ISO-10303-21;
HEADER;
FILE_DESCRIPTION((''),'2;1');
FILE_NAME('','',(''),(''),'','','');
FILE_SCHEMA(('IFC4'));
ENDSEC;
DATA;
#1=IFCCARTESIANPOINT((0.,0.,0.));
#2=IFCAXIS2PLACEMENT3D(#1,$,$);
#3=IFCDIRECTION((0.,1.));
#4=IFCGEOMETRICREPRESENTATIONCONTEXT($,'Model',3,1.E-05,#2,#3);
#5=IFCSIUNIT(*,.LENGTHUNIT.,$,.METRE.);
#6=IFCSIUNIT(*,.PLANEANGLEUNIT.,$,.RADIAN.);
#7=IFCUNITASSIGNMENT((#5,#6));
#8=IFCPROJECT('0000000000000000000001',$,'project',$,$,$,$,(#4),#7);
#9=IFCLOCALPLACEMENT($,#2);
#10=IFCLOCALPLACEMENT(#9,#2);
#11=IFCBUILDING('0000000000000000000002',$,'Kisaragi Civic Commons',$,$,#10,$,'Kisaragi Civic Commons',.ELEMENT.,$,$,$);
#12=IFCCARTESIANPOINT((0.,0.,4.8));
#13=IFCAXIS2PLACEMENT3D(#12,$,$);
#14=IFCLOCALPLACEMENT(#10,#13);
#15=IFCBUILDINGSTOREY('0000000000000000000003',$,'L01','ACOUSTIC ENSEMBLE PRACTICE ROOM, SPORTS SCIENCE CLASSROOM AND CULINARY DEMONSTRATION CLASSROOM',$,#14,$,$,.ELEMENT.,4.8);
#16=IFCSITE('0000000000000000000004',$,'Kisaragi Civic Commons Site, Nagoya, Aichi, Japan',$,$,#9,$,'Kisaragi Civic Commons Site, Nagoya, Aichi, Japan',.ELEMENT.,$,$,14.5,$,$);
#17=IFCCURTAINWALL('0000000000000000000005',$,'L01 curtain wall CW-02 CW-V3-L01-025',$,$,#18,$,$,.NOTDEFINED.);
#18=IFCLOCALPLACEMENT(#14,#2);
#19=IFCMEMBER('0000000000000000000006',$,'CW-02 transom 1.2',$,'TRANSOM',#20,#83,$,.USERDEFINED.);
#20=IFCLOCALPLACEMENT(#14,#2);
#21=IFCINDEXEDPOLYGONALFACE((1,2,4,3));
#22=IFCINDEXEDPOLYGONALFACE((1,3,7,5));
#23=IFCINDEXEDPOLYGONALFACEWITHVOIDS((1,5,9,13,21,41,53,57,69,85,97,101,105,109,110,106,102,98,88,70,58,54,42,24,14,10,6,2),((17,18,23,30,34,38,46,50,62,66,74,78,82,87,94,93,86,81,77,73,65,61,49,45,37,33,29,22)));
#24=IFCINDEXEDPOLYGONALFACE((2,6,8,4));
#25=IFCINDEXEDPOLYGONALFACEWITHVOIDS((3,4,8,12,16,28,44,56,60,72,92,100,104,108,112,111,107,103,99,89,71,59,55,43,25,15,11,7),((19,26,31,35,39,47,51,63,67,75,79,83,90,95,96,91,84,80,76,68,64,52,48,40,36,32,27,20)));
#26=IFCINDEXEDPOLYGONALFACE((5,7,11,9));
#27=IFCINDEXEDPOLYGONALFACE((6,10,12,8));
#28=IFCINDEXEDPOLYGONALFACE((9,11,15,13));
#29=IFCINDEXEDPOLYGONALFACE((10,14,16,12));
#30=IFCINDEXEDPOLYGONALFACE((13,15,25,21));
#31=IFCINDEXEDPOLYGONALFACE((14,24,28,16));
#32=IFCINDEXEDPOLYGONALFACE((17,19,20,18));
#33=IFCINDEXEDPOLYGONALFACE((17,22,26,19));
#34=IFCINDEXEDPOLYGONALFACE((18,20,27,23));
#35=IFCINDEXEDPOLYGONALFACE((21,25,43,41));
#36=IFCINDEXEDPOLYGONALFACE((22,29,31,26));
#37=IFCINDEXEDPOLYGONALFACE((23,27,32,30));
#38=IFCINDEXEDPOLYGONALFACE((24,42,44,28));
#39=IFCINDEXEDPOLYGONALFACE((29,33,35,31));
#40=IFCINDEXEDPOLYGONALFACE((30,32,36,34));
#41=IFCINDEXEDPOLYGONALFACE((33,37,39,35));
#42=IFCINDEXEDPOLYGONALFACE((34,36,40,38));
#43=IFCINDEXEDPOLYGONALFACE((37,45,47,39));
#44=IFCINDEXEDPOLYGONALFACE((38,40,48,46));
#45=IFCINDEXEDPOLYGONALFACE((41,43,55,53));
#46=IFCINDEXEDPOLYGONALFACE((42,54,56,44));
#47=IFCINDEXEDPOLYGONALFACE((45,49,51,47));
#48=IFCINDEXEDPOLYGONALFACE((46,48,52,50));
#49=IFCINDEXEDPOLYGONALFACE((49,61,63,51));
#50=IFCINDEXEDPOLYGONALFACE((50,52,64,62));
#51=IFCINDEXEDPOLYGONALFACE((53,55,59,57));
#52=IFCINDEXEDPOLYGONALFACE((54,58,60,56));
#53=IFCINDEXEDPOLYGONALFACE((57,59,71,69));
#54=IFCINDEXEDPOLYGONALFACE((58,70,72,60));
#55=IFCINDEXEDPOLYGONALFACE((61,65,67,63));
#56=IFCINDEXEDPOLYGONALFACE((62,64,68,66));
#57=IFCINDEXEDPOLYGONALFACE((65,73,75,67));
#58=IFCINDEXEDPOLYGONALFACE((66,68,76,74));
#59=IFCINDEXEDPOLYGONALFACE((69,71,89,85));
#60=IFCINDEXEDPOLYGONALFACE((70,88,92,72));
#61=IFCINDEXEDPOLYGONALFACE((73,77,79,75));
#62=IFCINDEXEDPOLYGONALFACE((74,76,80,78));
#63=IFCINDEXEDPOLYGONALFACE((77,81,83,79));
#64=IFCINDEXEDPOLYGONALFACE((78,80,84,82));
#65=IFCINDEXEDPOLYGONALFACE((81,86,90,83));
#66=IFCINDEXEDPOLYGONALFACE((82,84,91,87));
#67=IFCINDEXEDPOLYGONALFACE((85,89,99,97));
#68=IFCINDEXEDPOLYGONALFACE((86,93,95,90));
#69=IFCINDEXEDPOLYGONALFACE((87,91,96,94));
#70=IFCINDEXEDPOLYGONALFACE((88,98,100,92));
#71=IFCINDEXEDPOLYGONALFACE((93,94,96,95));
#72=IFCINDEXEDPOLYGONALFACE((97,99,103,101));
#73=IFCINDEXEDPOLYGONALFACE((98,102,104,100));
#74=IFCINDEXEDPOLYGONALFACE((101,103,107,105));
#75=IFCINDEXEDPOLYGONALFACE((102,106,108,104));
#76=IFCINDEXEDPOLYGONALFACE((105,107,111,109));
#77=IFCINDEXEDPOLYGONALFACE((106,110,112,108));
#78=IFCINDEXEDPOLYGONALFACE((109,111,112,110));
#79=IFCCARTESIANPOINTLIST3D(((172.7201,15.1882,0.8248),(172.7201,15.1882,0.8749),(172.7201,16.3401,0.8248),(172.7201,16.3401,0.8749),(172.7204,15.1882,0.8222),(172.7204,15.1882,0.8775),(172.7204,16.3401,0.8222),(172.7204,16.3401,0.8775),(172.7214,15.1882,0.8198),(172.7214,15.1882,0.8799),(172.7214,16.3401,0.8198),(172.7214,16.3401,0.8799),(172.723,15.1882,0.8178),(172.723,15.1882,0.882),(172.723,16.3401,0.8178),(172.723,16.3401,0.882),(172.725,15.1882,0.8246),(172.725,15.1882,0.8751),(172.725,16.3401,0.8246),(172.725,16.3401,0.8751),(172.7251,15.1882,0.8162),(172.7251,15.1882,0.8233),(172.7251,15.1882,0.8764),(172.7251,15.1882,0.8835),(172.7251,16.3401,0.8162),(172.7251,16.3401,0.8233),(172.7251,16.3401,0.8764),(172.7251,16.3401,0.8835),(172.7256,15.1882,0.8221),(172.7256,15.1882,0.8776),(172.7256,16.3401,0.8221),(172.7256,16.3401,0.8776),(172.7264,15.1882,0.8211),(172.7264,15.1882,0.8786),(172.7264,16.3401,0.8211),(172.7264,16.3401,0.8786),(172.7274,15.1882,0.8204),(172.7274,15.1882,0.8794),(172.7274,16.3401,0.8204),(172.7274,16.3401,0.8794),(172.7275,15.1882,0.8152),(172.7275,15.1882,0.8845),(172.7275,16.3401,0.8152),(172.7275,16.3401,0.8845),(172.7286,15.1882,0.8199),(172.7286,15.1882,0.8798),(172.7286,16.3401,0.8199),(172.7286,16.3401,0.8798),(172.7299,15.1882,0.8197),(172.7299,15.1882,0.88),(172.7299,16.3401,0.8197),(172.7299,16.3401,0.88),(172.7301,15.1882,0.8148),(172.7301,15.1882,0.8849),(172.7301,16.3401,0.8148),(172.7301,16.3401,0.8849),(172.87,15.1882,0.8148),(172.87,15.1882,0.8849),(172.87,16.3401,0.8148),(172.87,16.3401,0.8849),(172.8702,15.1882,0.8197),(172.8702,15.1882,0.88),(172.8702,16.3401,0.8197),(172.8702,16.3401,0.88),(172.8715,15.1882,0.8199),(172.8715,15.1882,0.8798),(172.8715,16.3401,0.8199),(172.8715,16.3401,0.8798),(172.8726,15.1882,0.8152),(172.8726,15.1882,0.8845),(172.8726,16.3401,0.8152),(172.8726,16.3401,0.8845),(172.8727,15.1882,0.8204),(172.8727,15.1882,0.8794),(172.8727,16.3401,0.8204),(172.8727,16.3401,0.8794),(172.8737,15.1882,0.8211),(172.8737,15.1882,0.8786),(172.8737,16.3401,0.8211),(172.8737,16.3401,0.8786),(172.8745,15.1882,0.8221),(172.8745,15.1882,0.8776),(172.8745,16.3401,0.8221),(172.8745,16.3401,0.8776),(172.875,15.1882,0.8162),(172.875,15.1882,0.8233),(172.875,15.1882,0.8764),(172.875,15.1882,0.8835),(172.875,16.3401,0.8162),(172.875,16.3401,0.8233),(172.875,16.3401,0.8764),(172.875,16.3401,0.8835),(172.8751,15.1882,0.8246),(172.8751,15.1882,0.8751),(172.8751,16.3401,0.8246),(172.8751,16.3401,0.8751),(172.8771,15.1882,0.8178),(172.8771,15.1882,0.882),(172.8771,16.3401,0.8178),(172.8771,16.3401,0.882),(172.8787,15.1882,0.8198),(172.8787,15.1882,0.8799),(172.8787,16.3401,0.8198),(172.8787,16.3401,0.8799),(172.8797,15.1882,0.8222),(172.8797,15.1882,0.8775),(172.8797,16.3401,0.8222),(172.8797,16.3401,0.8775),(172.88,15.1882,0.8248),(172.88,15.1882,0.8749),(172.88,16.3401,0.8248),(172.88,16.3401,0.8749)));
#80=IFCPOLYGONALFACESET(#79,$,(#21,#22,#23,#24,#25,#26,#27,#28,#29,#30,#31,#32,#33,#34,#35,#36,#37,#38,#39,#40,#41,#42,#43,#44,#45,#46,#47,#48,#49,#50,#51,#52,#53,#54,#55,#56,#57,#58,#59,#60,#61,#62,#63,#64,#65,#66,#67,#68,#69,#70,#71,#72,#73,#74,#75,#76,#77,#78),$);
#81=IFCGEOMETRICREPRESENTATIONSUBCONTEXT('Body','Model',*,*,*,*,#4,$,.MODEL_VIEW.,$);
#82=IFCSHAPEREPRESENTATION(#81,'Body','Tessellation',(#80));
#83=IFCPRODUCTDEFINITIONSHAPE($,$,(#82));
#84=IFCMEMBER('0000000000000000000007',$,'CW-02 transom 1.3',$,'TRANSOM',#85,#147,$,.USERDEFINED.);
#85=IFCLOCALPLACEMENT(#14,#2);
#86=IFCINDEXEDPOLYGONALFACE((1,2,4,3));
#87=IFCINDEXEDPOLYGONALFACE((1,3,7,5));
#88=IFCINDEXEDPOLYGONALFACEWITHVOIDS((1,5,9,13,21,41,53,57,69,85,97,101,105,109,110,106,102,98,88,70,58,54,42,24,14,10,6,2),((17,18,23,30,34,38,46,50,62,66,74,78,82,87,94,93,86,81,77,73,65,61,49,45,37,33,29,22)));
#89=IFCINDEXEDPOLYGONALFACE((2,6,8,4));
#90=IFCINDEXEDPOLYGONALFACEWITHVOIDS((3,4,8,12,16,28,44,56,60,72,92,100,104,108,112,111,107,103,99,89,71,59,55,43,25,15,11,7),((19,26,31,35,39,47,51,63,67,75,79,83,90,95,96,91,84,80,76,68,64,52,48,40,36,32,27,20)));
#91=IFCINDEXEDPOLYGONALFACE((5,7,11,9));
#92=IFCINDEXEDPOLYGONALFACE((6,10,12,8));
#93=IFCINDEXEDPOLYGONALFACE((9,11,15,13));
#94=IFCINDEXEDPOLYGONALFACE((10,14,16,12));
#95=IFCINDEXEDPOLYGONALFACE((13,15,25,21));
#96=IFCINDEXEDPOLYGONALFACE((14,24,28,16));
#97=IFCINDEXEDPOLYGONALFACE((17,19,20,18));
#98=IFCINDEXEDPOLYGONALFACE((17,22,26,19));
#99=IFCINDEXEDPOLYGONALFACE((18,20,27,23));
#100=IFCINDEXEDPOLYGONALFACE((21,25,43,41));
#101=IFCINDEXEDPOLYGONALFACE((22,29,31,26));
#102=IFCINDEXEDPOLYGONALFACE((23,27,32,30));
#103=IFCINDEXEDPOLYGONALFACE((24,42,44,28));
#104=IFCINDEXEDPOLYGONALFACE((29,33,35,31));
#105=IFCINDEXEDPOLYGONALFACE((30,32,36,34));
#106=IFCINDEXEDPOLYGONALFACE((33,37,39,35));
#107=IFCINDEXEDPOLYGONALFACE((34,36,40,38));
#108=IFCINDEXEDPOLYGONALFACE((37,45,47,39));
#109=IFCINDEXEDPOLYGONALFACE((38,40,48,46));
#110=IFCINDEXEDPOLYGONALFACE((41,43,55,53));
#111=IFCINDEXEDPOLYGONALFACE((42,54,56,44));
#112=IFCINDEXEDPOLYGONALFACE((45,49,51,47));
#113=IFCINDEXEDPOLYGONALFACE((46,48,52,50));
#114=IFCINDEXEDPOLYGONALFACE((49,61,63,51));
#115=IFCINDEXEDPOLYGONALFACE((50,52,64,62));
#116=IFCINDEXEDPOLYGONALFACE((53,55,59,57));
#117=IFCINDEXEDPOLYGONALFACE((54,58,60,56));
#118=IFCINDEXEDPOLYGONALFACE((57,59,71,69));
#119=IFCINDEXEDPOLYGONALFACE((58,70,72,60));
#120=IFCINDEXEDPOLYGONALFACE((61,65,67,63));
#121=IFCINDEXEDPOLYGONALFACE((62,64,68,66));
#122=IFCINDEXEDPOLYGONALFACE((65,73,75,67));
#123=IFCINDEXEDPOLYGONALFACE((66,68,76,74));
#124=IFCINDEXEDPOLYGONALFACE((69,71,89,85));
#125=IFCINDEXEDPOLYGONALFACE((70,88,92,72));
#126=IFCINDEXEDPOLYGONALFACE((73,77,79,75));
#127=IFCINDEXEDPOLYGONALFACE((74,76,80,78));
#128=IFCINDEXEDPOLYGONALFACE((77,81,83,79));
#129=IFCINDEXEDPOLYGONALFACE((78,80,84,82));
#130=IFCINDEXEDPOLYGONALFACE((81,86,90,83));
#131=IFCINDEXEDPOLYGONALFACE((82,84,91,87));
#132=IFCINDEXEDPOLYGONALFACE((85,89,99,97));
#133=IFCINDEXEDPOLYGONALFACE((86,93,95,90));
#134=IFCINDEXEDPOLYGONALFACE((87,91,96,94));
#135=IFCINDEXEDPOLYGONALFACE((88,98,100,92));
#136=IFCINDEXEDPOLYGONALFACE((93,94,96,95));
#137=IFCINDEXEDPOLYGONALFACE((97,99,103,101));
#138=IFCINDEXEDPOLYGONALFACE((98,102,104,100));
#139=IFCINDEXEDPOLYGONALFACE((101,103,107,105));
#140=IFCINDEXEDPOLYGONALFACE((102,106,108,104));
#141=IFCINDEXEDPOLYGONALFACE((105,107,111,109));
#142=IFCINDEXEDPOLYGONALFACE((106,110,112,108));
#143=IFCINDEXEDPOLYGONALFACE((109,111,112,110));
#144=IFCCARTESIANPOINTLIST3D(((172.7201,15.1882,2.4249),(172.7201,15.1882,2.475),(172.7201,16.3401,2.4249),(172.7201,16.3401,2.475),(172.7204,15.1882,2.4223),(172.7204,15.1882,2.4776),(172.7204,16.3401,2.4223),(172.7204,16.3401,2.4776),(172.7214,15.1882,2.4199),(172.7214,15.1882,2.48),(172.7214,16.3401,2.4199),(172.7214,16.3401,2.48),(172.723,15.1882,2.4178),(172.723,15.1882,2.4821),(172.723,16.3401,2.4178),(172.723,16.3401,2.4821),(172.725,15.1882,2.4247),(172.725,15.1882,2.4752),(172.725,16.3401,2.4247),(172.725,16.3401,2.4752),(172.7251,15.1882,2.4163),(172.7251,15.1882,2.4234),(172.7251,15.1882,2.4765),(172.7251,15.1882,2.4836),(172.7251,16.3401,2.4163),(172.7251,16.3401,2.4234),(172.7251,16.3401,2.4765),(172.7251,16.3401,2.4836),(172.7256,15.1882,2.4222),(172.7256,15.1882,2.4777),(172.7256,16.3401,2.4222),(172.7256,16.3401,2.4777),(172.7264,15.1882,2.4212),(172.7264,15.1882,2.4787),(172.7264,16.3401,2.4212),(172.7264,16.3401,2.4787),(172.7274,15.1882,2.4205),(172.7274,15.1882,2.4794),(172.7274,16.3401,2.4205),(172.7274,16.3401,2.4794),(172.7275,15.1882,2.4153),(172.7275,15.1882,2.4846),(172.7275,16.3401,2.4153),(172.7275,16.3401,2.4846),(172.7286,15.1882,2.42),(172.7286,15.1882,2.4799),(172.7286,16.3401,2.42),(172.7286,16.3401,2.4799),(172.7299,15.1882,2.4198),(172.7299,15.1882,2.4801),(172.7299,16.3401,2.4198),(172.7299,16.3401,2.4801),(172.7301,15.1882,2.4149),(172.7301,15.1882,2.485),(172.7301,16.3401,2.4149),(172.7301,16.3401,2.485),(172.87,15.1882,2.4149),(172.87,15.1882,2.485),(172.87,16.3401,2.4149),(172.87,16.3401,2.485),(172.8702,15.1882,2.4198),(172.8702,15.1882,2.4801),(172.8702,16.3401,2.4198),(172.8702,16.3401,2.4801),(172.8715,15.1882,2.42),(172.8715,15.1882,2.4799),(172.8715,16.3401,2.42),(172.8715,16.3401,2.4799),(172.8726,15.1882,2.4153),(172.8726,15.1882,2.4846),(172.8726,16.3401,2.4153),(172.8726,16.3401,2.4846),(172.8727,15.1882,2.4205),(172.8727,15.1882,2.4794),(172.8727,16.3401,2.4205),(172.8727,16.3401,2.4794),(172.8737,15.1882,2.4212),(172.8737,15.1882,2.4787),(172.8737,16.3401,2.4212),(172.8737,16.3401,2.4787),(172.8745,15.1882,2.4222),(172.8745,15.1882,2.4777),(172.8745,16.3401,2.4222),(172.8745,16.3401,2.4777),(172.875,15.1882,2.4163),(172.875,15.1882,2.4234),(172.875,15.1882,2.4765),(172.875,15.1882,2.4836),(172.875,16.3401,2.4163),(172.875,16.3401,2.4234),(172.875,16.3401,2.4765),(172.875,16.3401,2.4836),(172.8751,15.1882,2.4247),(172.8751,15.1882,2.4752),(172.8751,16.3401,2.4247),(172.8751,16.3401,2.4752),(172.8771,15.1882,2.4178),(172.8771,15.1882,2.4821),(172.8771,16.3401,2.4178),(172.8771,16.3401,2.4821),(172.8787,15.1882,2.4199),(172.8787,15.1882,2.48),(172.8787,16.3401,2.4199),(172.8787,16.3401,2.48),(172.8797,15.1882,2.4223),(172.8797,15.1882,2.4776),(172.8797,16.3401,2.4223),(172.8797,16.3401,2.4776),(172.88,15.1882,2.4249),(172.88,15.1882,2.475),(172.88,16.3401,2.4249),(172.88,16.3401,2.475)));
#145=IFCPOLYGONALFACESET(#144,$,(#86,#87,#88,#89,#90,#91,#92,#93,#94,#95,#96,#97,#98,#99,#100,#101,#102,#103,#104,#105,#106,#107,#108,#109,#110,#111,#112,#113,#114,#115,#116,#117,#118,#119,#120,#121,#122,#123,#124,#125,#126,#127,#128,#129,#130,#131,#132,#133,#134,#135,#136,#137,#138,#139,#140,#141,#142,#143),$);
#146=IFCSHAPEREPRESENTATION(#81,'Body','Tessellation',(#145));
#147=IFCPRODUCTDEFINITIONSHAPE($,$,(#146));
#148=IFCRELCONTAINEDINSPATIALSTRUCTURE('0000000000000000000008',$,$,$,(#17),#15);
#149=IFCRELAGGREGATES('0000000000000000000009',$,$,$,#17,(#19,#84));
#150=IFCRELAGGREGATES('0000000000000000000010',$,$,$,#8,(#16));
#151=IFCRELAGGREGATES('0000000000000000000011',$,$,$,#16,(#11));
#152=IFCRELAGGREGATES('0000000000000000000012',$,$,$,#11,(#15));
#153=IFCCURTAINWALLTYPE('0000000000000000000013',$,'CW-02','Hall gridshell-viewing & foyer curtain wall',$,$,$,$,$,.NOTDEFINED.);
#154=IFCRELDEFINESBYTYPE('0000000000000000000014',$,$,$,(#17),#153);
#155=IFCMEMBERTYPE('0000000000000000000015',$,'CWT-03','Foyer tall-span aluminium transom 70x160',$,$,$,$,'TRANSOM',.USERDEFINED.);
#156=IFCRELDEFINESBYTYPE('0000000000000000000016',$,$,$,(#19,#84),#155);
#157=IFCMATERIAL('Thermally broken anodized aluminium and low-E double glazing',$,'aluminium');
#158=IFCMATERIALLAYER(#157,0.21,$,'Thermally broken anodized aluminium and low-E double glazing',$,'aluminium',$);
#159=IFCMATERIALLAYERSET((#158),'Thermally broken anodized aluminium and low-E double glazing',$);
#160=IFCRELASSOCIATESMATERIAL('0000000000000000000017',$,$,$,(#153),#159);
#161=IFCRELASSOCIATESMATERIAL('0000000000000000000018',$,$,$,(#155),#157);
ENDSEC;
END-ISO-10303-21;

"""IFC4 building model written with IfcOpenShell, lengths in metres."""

from ifc_helpers import new_model, si_unit, direction, frame, origin, origin_2d, place, context, subcontext, project, spatial, hollow_rectangle, extrude, material, layer, layer_set, material_profile, profile_set, type_object, element, aggregate, save


model = new_model("IFC4")

# Units and contexts
model_context = context("Model", 3, precision=1e-05, world=origin(), true_north=direction((0.0, 1.0)))
body_context = subcontext(model_context, "Body", "Model", "MODEL_VIEW")
ifc_project = project(units=[si_unit("LENGTHUNIT", "METRE"), si_unit("PLANEANGLEUNIT", "RADIAN")], contexts=[model_context])

# Site, building, storey
site_placement = place(None, origin())
site = spatial("IfcSite", under=ifc_project, at=site_placement, Name="Kisaragi Civic Commons Site, Nagoya, Aichi, Japan", LongName="Kisaragi Civic Commons Site, Nagoya, Aichi, Japan", CompositionType="ELEMENT", RefElevation=14.5)
building_placement = place(site_placement, origin())
building = spatial("IfcBuilding", under=site, at=building_placement, Name="Kisaragi Civic Commons", LongName="Kisaragi Civic Commons", CompositionType="ELEMENT")
storey_placement = place(building_placement, frame((0.0, 0.0, 4.8)))
storey = spatial("IfcBuildingStorey", under=building, at=storey_placement, Name="L01", Description="ACOUSTIC ENSEMBLE PRACTICE ROOM, SPORTS SCIENCE CLASSROOM AND CULINARY DEMONSTRATION CLASSROOM", CompositionType="ELEMENT", Elevation=4.8)

# Shared definitions
ifc_material_1 = material(Name="Thermally broken anodized aluminium and low-E double glazing", Category="aluminium")
ifc_layer_1 = layer(ifc_material_1, 0.21, Name="Thermally broken anodized aluminium and low-E double glazing", Category="aluminium")
ifc_layer_set_1 = layer_set([ifc_layer_1], Name="Thermally broken anodized aluminium and low-E double glazing")
curtain_wall_type = type_object("IfcCurtainWallType", Name="CW-02", Description="Hall gridshell-viewing & foyer curtain wall", PredefinedType="NOTDEFINED", material=ifc_layer_set_1)

# Curtain wall
curtain_wall_1_placement = place(storey_placement, origin())
curtain_wall_1 = element("IfcCurtainWall", 1, at=curtain_wall_1_placement, inside=storey, type_object=curtain_wall_type, Name="L01 curtain wall CW-02 CW-V3-L01-025", PredefinedType="NOTDEFINED")

# Members
ifc_material_profile_1 = material_profile(ifc_material_1, hollow_rectangle(XDim=0.1599, YDim=0.0701, WallThickness=0.0049, InnerFilletRadius=0.0049, OuterFilletRadius=0.01, at=origin_2d()), Name="CWT-70x160x5", Category="aluminium")
ifc_profile_set_1 = profile_set([ifc_material_profile_1], Name="Thermally broken anodized aluminium and low-E double glazing")
member_type_1 = type_object("IfcMemberType", Name="CWT-03", Description="Foyer tall-span aluminium transom 70x160", ElementType="TRANSOM", PredefinedType="USERDEFINED", material=ifc_profile_set_1)
member_1_placement = place(storey_placement, frame((172.8, 16.3401, 0.8499), z_axis=(0.0, -1.0, 0.0), x_axis=(1.0, 0.0, 0.0)))
member_1 = element("IfcMember", 2, at=member_1_placement, type_object=member_type_1, Name="CW-02 transom 1.2", ObjectType="TRANSOM", PredefinedType="USERDEFINED", context=body_context, shape_type="SweptSolid", body=[
    extrude(hollow_rectangle(XDim=0.1599, YDim=0.0701, WallThickness=0.0049, InnerFilletRadius=0.0049, OuterFilletRadius=0.01, at=origin_2d()), origin(), (0.0, 0.0, 1.0), 1.1519),
])
member_2_placement = place(storey_placement, frame((172.8, 16.3401, 2.45), z_axis=(0.0, -1.0, 0.0), x_axis=(1.0, 0.0, 0.0)))
member_2 = element("IfcMember", 3, at=member_2_placement, type_object=member_type_1, Name="CW-02 transom 1.3", ObjectType="TRANSOM", PredefinedType="USERDEFINED", context=body_context, shape_type="SweptSolid", body=[
    extrude(hollow_rectangle(XDim=0.1599, YDim=0.0701, WallThickness=0.0049, InnerFilletRadius=0.0049, OuterFilletRadius=0.01, at=origin_2d()), origin(), (0.0, 0.0, 1.0), 1.1519),
])

aggregate(curtain_wall_1, [member_1, member_2])

save(model, "model.ifc")
